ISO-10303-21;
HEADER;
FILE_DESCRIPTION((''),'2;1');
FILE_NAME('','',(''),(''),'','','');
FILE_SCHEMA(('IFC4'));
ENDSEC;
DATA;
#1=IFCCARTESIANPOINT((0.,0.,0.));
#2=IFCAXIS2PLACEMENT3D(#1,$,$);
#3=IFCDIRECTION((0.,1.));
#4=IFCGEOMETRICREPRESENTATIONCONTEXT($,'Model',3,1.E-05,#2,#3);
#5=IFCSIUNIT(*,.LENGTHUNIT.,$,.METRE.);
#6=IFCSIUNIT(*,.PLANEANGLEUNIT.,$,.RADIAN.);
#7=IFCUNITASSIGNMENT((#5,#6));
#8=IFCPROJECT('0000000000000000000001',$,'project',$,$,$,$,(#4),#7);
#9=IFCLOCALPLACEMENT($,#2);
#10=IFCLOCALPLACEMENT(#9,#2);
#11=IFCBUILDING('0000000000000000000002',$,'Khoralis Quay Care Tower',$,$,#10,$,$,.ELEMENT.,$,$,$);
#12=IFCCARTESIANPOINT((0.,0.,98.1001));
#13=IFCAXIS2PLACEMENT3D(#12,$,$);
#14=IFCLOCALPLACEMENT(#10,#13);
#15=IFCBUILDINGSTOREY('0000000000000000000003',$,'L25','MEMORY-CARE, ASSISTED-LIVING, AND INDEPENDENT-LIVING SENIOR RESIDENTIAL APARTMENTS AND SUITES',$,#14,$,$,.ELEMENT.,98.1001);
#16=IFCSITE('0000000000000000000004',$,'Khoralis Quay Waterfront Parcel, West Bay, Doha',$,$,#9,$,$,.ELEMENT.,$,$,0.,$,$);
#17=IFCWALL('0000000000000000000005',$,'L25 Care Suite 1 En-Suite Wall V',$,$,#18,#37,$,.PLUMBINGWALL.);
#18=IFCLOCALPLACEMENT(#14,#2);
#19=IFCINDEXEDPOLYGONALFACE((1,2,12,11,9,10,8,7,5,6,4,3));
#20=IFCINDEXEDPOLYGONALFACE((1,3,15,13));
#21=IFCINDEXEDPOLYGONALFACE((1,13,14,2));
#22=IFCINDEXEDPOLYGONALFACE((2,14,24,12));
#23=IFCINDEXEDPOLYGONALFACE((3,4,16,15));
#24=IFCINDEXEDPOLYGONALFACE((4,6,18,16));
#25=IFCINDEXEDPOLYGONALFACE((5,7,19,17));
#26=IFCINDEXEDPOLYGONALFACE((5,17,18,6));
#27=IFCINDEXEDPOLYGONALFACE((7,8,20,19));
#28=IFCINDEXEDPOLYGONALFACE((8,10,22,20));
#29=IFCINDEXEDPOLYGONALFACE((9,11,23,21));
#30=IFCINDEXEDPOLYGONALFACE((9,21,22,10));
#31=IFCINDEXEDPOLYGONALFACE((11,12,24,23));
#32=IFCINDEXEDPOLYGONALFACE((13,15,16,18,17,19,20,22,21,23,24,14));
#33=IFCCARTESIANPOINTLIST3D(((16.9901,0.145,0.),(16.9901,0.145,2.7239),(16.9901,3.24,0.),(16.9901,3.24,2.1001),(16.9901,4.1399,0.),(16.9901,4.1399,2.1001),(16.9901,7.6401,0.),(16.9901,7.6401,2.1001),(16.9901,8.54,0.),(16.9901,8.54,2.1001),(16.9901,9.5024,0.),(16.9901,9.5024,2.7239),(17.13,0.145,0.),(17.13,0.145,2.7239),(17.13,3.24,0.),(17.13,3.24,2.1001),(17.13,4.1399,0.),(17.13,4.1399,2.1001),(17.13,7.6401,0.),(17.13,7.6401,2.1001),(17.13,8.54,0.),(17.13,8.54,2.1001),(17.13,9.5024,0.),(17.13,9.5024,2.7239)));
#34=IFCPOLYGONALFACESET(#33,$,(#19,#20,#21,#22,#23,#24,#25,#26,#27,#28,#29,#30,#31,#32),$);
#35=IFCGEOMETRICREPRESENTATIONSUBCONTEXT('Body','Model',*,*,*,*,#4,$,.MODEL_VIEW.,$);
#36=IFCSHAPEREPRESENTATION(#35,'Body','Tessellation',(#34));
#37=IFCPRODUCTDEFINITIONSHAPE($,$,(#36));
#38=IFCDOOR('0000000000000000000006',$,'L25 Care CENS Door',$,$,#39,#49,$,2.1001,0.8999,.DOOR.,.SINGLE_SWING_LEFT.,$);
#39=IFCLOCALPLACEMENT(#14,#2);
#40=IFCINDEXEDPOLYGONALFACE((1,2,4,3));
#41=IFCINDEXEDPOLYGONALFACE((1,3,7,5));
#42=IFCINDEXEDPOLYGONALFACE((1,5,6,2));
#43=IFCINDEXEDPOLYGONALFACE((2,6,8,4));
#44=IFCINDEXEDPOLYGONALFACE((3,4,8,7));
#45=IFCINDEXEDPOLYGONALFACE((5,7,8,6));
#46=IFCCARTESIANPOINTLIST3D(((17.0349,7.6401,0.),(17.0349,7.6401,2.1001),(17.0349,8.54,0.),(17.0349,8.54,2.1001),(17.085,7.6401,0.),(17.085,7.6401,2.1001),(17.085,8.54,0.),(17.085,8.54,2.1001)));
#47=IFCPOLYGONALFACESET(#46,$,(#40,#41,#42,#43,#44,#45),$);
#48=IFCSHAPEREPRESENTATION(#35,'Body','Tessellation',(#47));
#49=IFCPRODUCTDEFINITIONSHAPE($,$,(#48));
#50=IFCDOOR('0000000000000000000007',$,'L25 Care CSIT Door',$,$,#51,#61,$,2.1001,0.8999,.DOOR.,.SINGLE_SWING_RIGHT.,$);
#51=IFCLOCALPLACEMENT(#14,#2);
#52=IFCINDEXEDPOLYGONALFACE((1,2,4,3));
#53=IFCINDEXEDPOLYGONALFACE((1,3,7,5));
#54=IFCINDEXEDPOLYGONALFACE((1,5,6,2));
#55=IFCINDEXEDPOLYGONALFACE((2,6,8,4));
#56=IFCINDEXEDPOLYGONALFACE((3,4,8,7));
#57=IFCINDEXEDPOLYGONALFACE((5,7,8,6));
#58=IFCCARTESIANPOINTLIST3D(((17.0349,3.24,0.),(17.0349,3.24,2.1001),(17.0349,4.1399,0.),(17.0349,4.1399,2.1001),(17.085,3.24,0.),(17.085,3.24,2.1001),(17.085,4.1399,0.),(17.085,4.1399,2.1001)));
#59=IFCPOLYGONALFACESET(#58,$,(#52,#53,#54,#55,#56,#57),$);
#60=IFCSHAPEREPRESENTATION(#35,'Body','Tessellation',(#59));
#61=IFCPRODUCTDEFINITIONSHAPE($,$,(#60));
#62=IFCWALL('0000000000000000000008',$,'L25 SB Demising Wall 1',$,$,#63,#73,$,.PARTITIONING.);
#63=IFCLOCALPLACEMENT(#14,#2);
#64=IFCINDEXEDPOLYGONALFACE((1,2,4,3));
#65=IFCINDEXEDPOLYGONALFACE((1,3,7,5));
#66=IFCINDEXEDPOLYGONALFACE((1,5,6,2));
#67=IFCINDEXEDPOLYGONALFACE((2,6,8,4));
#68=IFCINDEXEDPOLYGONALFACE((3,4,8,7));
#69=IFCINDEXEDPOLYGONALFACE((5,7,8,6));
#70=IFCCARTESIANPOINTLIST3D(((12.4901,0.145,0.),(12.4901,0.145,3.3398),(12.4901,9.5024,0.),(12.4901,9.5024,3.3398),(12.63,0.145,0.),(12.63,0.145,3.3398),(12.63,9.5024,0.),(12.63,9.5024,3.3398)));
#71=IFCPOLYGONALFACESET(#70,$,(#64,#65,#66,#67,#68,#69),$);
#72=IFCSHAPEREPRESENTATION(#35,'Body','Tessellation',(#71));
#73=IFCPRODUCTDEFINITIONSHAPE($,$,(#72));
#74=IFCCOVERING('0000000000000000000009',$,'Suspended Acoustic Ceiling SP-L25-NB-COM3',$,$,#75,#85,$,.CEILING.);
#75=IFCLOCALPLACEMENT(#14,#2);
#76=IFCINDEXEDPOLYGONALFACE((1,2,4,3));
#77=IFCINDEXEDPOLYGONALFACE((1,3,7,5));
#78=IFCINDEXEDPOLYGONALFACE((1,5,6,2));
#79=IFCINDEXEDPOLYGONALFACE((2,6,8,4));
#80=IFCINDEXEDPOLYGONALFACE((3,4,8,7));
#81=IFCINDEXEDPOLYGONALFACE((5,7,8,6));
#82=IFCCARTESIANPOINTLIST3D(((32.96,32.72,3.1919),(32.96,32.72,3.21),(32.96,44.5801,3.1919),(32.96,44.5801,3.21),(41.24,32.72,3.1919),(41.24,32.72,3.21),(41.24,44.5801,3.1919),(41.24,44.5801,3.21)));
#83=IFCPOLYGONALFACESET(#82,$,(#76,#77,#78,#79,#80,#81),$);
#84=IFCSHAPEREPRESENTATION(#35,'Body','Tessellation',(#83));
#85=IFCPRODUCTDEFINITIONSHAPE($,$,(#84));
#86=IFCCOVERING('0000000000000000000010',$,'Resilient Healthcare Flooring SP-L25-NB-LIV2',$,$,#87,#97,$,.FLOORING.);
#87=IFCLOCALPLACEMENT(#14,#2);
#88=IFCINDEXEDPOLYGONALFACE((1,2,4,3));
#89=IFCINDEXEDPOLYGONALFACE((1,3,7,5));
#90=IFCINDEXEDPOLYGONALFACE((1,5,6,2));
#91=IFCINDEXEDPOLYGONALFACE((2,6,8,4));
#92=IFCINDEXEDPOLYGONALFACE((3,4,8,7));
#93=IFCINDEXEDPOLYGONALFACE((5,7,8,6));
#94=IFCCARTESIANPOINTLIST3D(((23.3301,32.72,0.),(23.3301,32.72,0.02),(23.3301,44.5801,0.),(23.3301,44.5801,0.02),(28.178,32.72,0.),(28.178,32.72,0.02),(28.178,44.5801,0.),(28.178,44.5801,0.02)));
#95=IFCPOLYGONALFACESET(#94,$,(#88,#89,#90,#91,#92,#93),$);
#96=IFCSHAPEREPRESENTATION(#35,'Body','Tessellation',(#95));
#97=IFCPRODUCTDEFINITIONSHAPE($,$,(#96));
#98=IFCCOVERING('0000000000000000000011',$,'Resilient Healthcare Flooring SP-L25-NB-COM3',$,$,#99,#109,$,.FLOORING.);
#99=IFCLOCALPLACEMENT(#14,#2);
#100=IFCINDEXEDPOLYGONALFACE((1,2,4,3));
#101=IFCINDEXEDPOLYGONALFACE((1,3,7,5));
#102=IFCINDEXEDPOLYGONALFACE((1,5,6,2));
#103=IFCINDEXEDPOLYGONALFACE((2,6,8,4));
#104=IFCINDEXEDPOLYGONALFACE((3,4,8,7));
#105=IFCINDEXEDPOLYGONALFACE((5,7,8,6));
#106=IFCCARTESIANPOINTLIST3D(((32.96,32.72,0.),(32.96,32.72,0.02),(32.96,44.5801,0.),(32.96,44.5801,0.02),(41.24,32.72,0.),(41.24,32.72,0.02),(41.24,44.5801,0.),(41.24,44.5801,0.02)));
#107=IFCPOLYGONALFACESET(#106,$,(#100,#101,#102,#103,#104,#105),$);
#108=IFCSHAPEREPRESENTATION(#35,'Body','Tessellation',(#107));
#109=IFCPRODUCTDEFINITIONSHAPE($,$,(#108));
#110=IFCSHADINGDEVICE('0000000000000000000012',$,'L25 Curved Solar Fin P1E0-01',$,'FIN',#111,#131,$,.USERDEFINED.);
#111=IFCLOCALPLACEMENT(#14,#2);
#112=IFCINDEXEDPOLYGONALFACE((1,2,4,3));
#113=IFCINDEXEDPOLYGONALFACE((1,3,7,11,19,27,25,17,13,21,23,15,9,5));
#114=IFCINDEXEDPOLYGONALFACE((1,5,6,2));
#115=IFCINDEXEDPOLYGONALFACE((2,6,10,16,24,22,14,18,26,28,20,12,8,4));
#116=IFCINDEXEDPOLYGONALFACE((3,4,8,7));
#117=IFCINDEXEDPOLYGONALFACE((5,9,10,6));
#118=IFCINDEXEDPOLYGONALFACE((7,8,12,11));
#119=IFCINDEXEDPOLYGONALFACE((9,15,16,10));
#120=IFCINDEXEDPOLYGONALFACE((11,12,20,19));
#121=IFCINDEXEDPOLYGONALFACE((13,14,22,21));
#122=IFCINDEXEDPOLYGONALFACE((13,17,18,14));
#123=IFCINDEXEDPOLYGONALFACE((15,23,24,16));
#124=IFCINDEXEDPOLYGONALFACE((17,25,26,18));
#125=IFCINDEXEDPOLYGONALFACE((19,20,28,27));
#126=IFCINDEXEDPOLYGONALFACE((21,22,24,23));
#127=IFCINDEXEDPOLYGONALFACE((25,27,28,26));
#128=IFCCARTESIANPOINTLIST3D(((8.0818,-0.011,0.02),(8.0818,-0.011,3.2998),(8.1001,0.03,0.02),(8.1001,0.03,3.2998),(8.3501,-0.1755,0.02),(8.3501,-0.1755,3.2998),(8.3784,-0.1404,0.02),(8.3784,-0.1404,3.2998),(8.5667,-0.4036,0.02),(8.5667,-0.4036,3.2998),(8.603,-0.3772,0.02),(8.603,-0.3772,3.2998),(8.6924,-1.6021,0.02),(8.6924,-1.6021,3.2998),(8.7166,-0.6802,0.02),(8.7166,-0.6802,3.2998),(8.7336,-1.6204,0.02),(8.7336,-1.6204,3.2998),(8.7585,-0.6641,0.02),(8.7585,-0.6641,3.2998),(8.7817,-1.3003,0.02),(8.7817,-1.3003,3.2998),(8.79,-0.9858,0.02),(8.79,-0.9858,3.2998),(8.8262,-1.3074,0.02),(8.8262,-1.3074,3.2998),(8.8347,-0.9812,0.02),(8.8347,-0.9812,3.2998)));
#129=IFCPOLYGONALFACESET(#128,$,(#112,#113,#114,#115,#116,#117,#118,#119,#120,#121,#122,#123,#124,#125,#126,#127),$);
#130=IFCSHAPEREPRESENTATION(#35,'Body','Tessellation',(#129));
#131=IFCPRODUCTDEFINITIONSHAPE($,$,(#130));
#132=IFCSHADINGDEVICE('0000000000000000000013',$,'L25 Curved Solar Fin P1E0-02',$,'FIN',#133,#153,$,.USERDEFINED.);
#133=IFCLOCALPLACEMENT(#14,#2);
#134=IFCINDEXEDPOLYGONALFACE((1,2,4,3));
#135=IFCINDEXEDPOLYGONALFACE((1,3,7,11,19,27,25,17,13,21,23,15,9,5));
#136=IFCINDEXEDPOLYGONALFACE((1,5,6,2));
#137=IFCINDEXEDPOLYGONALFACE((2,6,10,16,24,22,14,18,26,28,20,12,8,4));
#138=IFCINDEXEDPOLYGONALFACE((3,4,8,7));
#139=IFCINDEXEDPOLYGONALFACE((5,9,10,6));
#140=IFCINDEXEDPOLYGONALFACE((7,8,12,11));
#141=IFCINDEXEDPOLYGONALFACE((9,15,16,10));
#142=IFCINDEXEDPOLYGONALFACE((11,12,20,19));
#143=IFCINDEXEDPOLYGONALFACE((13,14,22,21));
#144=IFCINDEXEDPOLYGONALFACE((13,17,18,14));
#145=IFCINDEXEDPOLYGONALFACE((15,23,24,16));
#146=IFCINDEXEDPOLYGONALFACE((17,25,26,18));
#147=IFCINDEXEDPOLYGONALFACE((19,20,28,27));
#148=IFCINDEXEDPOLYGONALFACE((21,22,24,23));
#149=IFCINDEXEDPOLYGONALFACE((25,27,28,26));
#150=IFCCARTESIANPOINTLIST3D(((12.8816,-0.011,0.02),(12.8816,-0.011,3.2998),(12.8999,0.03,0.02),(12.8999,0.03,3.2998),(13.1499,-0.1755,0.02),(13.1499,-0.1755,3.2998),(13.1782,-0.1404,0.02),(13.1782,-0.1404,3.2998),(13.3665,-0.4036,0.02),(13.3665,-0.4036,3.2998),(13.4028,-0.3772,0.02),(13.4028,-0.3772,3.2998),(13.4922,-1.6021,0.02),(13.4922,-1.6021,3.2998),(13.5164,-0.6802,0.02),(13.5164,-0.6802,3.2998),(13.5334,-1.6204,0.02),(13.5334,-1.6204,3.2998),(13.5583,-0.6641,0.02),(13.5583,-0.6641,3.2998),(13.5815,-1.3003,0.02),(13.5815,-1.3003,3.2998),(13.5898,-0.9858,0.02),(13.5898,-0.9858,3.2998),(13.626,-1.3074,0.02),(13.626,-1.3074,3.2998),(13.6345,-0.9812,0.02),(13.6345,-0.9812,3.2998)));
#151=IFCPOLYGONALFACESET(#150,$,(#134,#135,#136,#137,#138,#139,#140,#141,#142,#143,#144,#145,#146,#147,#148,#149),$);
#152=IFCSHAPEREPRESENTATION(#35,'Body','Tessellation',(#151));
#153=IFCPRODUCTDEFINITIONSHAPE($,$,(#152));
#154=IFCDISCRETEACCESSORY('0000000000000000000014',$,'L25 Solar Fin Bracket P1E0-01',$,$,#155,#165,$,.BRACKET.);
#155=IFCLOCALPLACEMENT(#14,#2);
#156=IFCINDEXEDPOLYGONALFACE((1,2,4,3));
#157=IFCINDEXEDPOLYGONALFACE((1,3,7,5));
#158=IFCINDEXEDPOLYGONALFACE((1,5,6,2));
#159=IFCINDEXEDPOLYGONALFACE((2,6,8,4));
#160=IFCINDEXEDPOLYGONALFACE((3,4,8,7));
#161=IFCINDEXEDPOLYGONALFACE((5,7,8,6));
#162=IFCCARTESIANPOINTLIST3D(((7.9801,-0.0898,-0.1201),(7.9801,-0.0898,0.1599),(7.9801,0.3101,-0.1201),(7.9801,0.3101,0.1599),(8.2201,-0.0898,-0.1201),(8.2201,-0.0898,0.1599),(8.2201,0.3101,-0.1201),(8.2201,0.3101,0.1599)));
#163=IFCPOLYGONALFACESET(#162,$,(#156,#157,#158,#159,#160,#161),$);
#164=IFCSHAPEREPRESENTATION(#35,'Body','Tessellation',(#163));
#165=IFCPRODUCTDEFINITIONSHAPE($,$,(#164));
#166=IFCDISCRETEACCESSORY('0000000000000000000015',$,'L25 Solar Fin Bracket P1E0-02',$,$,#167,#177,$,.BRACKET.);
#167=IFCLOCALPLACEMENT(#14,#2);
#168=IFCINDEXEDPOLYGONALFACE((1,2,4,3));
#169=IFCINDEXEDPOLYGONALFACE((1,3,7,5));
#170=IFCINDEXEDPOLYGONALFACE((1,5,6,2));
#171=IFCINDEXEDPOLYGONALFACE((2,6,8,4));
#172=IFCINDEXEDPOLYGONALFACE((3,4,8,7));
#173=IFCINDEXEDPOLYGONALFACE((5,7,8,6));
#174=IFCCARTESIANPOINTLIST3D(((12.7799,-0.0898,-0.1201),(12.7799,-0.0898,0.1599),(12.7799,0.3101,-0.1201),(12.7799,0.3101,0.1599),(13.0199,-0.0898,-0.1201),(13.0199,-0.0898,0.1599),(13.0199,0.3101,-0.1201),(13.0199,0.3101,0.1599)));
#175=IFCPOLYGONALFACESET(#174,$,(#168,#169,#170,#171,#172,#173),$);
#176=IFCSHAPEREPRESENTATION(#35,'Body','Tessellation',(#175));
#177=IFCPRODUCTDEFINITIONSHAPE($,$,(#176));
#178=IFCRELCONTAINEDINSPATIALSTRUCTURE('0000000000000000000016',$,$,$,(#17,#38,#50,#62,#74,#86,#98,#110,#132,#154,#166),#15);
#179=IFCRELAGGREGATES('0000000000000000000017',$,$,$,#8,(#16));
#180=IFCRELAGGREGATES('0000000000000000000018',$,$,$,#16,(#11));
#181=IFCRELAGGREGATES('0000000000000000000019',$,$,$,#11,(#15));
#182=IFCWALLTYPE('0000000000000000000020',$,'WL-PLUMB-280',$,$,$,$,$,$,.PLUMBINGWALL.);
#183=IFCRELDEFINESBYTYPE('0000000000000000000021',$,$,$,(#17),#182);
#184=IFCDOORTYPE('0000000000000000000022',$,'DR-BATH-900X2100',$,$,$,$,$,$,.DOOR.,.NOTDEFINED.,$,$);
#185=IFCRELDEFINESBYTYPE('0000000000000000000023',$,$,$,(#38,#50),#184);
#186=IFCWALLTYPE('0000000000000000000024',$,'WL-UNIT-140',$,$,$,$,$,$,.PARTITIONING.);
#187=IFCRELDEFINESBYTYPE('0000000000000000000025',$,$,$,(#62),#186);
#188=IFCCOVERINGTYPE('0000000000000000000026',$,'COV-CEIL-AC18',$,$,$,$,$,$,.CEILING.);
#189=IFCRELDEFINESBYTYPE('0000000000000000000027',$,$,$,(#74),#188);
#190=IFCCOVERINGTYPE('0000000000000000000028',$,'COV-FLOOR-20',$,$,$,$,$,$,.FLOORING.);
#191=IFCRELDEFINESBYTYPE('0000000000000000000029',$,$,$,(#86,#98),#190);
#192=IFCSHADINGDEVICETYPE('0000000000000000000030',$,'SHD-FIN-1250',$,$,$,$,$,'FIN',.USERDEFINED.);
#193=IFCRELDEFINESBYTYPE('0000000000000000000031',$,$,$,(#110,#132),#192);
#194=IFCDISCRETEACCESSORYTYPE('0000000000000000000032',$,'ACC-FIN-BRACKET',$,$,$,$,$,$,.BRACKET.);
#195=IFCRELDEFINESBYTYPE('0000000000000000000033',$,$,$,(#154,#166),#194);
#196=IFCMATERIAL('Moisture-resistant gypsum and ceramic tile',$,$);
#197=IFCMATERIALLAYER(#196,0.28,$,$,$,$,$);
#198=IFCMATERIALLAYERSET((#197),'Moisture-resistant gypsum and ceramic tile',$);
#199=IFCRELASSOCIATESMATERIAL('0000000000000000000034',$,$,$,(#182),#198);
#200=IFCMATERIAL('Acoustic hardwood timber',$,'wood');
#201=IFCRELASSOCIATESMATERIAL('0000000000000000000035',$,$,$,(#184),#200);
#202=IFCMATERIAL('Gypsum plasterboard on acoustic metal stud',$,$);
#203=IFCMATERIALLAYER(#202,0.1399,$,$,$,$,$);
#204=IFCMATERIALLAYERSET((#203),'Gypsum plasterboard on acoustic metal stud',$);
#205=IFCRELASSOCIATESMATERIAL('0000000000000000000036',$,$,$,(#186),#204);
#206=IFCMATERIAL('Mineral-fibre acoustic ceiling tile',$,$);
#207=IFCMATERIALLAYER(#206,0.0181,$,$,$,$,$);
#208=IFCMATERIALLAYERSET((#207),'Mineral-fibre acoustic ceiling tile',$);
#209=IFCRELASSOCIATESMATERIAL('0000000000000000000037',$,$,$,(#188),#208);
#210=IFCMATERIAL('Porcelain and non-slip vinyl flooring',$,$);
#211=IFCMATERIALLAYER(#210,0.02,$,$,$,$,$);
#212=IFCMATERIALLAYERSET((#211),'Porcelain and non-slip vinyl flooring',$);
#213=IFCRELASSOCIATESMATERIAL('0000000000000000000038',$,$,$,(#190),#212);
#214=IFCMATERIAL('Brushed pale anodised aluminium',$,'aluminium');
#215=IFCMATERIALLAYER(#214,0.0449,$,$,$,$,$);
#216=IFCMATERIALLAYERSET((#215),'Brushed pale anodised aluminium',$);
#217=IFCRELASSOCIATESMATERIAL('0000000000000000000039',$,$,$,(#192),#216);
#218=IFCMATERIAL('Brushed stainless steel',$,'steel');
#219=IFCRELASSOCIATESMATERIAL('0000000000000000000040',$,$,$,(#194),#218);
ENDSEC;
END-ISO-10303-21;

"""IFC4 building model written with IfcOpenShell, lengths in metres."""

from ifc_helpers import new_model, si_unit, direction, frame, frame_2d, origin, origin_2d, place, context, subcontext, project, spatial, polyline, rectangle, outline, extrude, source, transform, mapped, material, layer, layer_set, type_object, element, fill, save


model = new_model("IFC4")

# Units and contexts
model_context = context("Model", 3, precision=1e-05, world=origin(), true_north=direction((0.0, 1.0)))
body_context = subcontext(model_context, "Body", "Model", "MODEL_VIEW")
ifc_project = project(units=[si_unit("LENGTHUNIT", "METRE"), si_unit("PLANEANGLEUNIT", "RADIAN")], contexts=[model_context])

# Site, building, storey
site_placement = place(None, origin())
site = spatial("IfcSite", under=ifc_project, at=site_placement, Name="Khoralis Quay Waterfront Parcel, West Bay, Doha", CompositionType="ELEMENT", RefElevation=0.0)
building_placement = place(site_placement, origin())
building = spatial("IfcBuilding", under=site, at=building_placement, Name="Khoralis Quay Care Tower", CompositionType="ELEMENT")
storey_placement = place(building_placement, frame((0.0, 0.0, 98.1001)))
storey = spatial("IfcBuildingStorey", under=building, at=storey_placement, Name="L25", Description="MEMORY-CARE, ASSISTED-LIVING, AND INDEPENDENT-LIVING SENIOR RESIDENTIAL APARTMENTS AND SUITES", CompositionType="ELEMENT", Elevation=98.1001)

# Wall, openings, doors
ifc_material_1 = material(Name="Moisture-resistant gypsum and ceramic tile")
ifc_layer_1 = layer(ifc_material_1, 0.28)
ifc_layer_set_1 = layer_set([ifc_layer_1], Name="Moisture-resistant gypsum and ceramic tile")
wall_type_1 = type_object("IfcWallType", Name="WL-PLUMB-280", PredefinedType="PLUMBINGWALL", material=ifc_layer_set_1)
ifc_material_2 = material(Name="Acoustic hardwood timber", Category="wood")
door_type = type_object("IfcDoorType", Name="DR-BATH-900X2100", OperationType="NOTDEFINED", PredefinedType="DOOR", material=ifc_material_2)
shared_shape_1 = source(origin(), body_context, "Body", "SweptSolid", [
    extrude(rectangle(XDim=0.8999, YDim=2.1001, at=frame_2d((0.45, 1.05))), frame((0.0, 0.0249, 0.0), z_axis=(0.0, -1.0, 0.0), x_axis=(1.0, 0.0, 0.0)), (0.0, 0.0, 1.0), 0.05),
])
wall_1_placement = place(storey_placement, frame((17.0601, 0.145, 0.0), z_axis=(0.0, 0.0, 1.0), x_axis=(0.0, 1.0, 0.0)))
wall_1 = element("IfcWall", 1, at=wall_1_placement, inside=storey, type_object=wall_type_1, Name="L25 Care Suite 1 En-Suite Wall V", PredefinedType="PLUMBINGWALL", context=body_context, shape_type="SweptSolid", body=[
    extrude(rectangle(XDim=9.3574, YDim=0.1399, at=frame_2d((4.6787, 0.0))), origin(), (0.0, 0.0, 1.0), 2.7239),
])
opening_1_placement = place(wall_1_placement, frame((7.4951, 0.0, 0.0)))
opening_1 = element("IfcOpeningElement", 2, at=opening_1_placement, cuts=wall_1, PredefinedType="OPENING", context=body_context, shape_type="SweptSolid", body=[
    extrude(rectangle(XDim=0.8999, YDim=2.1001, at=frame_2d((0.45, 1.05))), frame((0.0, 0.0801, 0.0), z_axis=(0.0, -1.0, 0.0), x_axis=(1.0, 0.0, 0.0)), (0.0, 0.0, 1.0), 0.1599),
])
opening_2_placement = place(wall_1_placement, frame((3.095, 0.0, 0.0)))
opening_2 = element("IfcOpeningElement", 3, at=opening_2_placement, cuts=wall_1, PredefinedType="OPENING", context=body_context, shape_type="SweptSolid", body=[
    extrude(rectangle(XDim=0.8999, YDim=2.1001, at=frame_2d((0.45, 1.05))), frame((0.0, 0.0801, 0.0), z_axis=(0.0, -1.0, 0.0), x_axis=(1.0, 0.0, 0.0)), (0.0, 0.0, 1.0), 0.1599),
])
door_1_placement = place(opening_1_placement, frame((0.8999, 0.0, 0.0), z_axis=(0.0, 0.0, 1.0), x_axis=(-1.0, 0.0, 0.0)))
door_1 = element("IfcDoor", 4, at=door_1_placement, inside=storey, type_object=door_type, Name="L25 Care CENS Door", OperationType="SINGLE_SWING_LEFT", OverallHeight=2.1001, OverallWidth=0.8999, PredefinedType="DOOR", context=body_context, shape_type="MappedRepresentation", body=[
    mapped(shared_shape_1, transform((0.0, 0.0, 0.0), scale=1.0)),
])
fill(opening_1, door_1)
door_2_placement = place(opening_2_placement, frame((0.8999, 0.0, 0.0), z_axis=(0.0, 0.0, 1.0), x_axis=(-1.0, 0.0, 0.0)))
door_2 = element("IfcDoor", 5, at=door_2_placement, inside=storey, type_object=door_type, Name="L25 Care CSIT Door", OperationType="SINGLE_SWING_RIGHT", OverallHeight=2.1001, OverallWidth=0.8999, PredefinedType="DOOR", context=body_context, shape_type="MappedRepresentation", body=[
    mapped(shared_shape_1, transform((0.0, 0.0, 0.0), scale=1.0)),
])
fill(opening_2, door_2)

# Wall
ifc_material_3 = material(Name="Gypsum plasterboard on acoustic metal stud")
ifc_layer_2 = layer(ifc_material_3, 0.1399)
ifc_layer_set_2 = layer_set([ifc_layer_2], Name="Gypsum plasterboard on acoustic metal stud")
wall_type_2 = type_object("IfcWallType", Name="WL-UNIT-140", PredefinedType="PARTITIONING", material=ifc_layer_set_2)
wall_2_placement = place(storey_placement, frame((12.5601, 0.145, 0.0), z_axis=(0.0, 0.0, 1.0), x_axis=(0.0, 1.0, 0.0)))
element("IfcWall", 6, at=wall_2_placement, inside=storey, type_object=wall_type_2, Name="L25 SB Demising Wall 1", PredefinedType="PARTITIONING", context=body_context, shape_type="SweptSolid", body=[
    extrude(rectangle(XDim=9.3574, YDim=0.1399, at=frame_2d((4.6787, 0.0))), origin(), (0.0, 0.0, 1.0), 3.3398),
])

# Coverings
ifc_material_4 = material(Name="Mineral-fibre acoustic ceiling tile")
ifc_layer_3 = layer(ifc_material_4, 0.0181)
ifc_layer_set_3 = layer_set([ifc_layer_3], Name="Mineral-fibre acoustic ceiling tile")
covering_type_1 = type_object("IfcCoveringType", Name="COV-CEIL-AC18", PredefinedType="CEILING", material=ifc_layer_set_3)
covering_1_placement = place(storey_placement, frame((0.0, 0.0, 3.1919)))
element("IfcCovering", 7, at=covering_1_placement, inside=storey, type_object=covering_type_1, Name="Suspended Acoustic Ceiling SP-L25-NB-COM3", PredefinedType="CEILING", context=body_context, shape_type="SweptSolid", body=[
    extrude(outline(polyline([(32.96, 32.72), (41.24, 32.72), (41.24, 44.5801), (32.96, 44.5801), (32.96, 32.72)])), origin(), (0.0, 0.0, 1.0), 0.0181),
])
ifc_material_5 = material(Name="Porcelain and non-slip vinyl flooring")
ifc_layer_4 = layer(ifc_material_5, 0.02)
ifc_layer_set_4 = layer_set([ifc_layer_4], Name="Porcelain and non-slip vinyl flooring")
covering_type_2 = type_object("IfcCoveringType", Name="COV-FLOOR-20", PredefinedType="FLOORING", material=ifc_layer_set_4)
covering_2_placement = place(storey_placement, origin())
element("IfcCovering", 8, at=covering_2_placement, inside=storey, type_object=covering_type_2, Name="Resilient Healthcare Flooring SP-L25-NB-LIV2", PredefinedType="FLOORING", context=body_context, shape_type="SweptSolid", body=[
    extrude(outline(polyline([(23.3301, 32.72), (28.178, 32.72), (28.178, 44.5801), (23.3301, 44.5801), (23.3301, 32.72)])), origin(), (0.0, 0.0, 1.0), 0.02),
])
covering_3_placement = place(storey_placement, origin())
element("IfcCovering", 9, at=covering_3_placement, inside=storey, type_object=covering_type_2, Name="Resilient Healthcare Flooring SP-L25-NB-COM3", PredefinedType="FLOORING", context=body_context, shape_type="SweptSolid", body=[
    extrude(outline(polyline([(32.96, 32.72), (41.24, 32.72), (41.24, 44.5801), (32.96, 44.5801), (32.96, 32.72)])), origin(), (0.0, 0.0, 1.0), 0.02),
])

# Shading devices
ifc_material_6 = material(Name="Brushed pale anodised aluminium", Category="aluminium")
ifc_layer_5 = layer(ifc_material_6, 0.0449)
ifc_layer_set_5 = layer_set([ifc_layer_5], Name="Brushed pale anodised aluminium")
shading_device_type = type_object("IfcShadingDeviceType", Name="SHD-FIN-1250", ElementType="FIN", PredefinedType="USERDEFINED", material=ifc_layer_set_5)
shared_shape_2 = source(origin(), body_context, "Body", "SweptSolid", [
    extrude(outline(polyline([(0.0, 0.0), (0.1704, 0.2783), (0.4072, 0.5029), (0.6941, 0.6584), (1.0112, 0.7346), (1.3374, 0.7261), (1.6504, 0.6335), (1.6321, 0.5923), (1.3303, 0.6816), (1.0159, 0.6899), (0.7102, 0.6165), (0.4336, 0.4666), (0.2056, 0.25), (0.041, -0.0183), (0.0, 0.0)])), origin(), (0.0, 0.0, 1.0), 3.2798),
])
for number, where, z_axis, x_axis, name in (
    (10, (8.1001, 0.03, 0.02), (0.0, 0.0, 1.0), (0.0, -1.0, 0.0), "L25 Curved Solar Fin P1E0-01"),
    (11, (12.8999, 0.03, 0.02), (0.0, 0.0, 1.0), (0.0, -1.0, 0.0), "L25 Curved Solar Fin P1E0-02"),
):
    element("IfcShadingDevice", number, at=place(storey_placement, frame(where, z_axis=z_axis, x_axis=x_axis)), inside=storey, type_object=shading_device_type, Name=name, ObjectType="FIN", PredefinedType="USERDEFINED", context=body_context, shape_type="MappedRepresentation", body=[
        mapped(shared_shape_2, transform((0.0, 0.0, 0.0), scale=1.0)),
    ])

# Discrete accessories
ifc_material_7 = material(Name="Brushed stainless steel", Category="steel")
discrete_accessory_type = type_object("IfcDiscreteAccessoryType", Name="ACC-FIN-BRACKET", PredefinedType="BRACKET", material=ifc_material_7)
shared_shape_3 = source(origin(), body_context, "Body", "SweptSolid", [
    extrude(rectangle(XDim=0.3999, YDim=0.24, at=origin_2d()), origin(), (0.0, 0.0, 1.0), 0.28),
])
for number, where, z_axis, x_axis, name in (
    (12, (8.1001, 0.1101, -0.1201), (0.0, 0.0, 1.0), (0.0, -1.0, 0.0), "L25 Solar Fin Bracket P1E0-01"),
    (13, (12.8999, 0.1101, -0.1201), (0.0, 0.0, 1.0), (0.0, -1.0, 0.0), "L25 Solar Fin Bracket P1E0-02"),
):
    element("IfcDiscreteAccessory", number, at=place(storey_placement, frame(where, z_axis=z_axis, x_axis=x_axis)), inside=storey, type_object=discrete_accessory_type, Name=name, PredefinedType="BRACKET", context=body_context, shape_type="MappedRepresentation", body=[
        mapped(shared_shape_3, transform((0.0, 0.0, 0.0), scale=1.0)),
    ])

save(model, "model.ifc")
